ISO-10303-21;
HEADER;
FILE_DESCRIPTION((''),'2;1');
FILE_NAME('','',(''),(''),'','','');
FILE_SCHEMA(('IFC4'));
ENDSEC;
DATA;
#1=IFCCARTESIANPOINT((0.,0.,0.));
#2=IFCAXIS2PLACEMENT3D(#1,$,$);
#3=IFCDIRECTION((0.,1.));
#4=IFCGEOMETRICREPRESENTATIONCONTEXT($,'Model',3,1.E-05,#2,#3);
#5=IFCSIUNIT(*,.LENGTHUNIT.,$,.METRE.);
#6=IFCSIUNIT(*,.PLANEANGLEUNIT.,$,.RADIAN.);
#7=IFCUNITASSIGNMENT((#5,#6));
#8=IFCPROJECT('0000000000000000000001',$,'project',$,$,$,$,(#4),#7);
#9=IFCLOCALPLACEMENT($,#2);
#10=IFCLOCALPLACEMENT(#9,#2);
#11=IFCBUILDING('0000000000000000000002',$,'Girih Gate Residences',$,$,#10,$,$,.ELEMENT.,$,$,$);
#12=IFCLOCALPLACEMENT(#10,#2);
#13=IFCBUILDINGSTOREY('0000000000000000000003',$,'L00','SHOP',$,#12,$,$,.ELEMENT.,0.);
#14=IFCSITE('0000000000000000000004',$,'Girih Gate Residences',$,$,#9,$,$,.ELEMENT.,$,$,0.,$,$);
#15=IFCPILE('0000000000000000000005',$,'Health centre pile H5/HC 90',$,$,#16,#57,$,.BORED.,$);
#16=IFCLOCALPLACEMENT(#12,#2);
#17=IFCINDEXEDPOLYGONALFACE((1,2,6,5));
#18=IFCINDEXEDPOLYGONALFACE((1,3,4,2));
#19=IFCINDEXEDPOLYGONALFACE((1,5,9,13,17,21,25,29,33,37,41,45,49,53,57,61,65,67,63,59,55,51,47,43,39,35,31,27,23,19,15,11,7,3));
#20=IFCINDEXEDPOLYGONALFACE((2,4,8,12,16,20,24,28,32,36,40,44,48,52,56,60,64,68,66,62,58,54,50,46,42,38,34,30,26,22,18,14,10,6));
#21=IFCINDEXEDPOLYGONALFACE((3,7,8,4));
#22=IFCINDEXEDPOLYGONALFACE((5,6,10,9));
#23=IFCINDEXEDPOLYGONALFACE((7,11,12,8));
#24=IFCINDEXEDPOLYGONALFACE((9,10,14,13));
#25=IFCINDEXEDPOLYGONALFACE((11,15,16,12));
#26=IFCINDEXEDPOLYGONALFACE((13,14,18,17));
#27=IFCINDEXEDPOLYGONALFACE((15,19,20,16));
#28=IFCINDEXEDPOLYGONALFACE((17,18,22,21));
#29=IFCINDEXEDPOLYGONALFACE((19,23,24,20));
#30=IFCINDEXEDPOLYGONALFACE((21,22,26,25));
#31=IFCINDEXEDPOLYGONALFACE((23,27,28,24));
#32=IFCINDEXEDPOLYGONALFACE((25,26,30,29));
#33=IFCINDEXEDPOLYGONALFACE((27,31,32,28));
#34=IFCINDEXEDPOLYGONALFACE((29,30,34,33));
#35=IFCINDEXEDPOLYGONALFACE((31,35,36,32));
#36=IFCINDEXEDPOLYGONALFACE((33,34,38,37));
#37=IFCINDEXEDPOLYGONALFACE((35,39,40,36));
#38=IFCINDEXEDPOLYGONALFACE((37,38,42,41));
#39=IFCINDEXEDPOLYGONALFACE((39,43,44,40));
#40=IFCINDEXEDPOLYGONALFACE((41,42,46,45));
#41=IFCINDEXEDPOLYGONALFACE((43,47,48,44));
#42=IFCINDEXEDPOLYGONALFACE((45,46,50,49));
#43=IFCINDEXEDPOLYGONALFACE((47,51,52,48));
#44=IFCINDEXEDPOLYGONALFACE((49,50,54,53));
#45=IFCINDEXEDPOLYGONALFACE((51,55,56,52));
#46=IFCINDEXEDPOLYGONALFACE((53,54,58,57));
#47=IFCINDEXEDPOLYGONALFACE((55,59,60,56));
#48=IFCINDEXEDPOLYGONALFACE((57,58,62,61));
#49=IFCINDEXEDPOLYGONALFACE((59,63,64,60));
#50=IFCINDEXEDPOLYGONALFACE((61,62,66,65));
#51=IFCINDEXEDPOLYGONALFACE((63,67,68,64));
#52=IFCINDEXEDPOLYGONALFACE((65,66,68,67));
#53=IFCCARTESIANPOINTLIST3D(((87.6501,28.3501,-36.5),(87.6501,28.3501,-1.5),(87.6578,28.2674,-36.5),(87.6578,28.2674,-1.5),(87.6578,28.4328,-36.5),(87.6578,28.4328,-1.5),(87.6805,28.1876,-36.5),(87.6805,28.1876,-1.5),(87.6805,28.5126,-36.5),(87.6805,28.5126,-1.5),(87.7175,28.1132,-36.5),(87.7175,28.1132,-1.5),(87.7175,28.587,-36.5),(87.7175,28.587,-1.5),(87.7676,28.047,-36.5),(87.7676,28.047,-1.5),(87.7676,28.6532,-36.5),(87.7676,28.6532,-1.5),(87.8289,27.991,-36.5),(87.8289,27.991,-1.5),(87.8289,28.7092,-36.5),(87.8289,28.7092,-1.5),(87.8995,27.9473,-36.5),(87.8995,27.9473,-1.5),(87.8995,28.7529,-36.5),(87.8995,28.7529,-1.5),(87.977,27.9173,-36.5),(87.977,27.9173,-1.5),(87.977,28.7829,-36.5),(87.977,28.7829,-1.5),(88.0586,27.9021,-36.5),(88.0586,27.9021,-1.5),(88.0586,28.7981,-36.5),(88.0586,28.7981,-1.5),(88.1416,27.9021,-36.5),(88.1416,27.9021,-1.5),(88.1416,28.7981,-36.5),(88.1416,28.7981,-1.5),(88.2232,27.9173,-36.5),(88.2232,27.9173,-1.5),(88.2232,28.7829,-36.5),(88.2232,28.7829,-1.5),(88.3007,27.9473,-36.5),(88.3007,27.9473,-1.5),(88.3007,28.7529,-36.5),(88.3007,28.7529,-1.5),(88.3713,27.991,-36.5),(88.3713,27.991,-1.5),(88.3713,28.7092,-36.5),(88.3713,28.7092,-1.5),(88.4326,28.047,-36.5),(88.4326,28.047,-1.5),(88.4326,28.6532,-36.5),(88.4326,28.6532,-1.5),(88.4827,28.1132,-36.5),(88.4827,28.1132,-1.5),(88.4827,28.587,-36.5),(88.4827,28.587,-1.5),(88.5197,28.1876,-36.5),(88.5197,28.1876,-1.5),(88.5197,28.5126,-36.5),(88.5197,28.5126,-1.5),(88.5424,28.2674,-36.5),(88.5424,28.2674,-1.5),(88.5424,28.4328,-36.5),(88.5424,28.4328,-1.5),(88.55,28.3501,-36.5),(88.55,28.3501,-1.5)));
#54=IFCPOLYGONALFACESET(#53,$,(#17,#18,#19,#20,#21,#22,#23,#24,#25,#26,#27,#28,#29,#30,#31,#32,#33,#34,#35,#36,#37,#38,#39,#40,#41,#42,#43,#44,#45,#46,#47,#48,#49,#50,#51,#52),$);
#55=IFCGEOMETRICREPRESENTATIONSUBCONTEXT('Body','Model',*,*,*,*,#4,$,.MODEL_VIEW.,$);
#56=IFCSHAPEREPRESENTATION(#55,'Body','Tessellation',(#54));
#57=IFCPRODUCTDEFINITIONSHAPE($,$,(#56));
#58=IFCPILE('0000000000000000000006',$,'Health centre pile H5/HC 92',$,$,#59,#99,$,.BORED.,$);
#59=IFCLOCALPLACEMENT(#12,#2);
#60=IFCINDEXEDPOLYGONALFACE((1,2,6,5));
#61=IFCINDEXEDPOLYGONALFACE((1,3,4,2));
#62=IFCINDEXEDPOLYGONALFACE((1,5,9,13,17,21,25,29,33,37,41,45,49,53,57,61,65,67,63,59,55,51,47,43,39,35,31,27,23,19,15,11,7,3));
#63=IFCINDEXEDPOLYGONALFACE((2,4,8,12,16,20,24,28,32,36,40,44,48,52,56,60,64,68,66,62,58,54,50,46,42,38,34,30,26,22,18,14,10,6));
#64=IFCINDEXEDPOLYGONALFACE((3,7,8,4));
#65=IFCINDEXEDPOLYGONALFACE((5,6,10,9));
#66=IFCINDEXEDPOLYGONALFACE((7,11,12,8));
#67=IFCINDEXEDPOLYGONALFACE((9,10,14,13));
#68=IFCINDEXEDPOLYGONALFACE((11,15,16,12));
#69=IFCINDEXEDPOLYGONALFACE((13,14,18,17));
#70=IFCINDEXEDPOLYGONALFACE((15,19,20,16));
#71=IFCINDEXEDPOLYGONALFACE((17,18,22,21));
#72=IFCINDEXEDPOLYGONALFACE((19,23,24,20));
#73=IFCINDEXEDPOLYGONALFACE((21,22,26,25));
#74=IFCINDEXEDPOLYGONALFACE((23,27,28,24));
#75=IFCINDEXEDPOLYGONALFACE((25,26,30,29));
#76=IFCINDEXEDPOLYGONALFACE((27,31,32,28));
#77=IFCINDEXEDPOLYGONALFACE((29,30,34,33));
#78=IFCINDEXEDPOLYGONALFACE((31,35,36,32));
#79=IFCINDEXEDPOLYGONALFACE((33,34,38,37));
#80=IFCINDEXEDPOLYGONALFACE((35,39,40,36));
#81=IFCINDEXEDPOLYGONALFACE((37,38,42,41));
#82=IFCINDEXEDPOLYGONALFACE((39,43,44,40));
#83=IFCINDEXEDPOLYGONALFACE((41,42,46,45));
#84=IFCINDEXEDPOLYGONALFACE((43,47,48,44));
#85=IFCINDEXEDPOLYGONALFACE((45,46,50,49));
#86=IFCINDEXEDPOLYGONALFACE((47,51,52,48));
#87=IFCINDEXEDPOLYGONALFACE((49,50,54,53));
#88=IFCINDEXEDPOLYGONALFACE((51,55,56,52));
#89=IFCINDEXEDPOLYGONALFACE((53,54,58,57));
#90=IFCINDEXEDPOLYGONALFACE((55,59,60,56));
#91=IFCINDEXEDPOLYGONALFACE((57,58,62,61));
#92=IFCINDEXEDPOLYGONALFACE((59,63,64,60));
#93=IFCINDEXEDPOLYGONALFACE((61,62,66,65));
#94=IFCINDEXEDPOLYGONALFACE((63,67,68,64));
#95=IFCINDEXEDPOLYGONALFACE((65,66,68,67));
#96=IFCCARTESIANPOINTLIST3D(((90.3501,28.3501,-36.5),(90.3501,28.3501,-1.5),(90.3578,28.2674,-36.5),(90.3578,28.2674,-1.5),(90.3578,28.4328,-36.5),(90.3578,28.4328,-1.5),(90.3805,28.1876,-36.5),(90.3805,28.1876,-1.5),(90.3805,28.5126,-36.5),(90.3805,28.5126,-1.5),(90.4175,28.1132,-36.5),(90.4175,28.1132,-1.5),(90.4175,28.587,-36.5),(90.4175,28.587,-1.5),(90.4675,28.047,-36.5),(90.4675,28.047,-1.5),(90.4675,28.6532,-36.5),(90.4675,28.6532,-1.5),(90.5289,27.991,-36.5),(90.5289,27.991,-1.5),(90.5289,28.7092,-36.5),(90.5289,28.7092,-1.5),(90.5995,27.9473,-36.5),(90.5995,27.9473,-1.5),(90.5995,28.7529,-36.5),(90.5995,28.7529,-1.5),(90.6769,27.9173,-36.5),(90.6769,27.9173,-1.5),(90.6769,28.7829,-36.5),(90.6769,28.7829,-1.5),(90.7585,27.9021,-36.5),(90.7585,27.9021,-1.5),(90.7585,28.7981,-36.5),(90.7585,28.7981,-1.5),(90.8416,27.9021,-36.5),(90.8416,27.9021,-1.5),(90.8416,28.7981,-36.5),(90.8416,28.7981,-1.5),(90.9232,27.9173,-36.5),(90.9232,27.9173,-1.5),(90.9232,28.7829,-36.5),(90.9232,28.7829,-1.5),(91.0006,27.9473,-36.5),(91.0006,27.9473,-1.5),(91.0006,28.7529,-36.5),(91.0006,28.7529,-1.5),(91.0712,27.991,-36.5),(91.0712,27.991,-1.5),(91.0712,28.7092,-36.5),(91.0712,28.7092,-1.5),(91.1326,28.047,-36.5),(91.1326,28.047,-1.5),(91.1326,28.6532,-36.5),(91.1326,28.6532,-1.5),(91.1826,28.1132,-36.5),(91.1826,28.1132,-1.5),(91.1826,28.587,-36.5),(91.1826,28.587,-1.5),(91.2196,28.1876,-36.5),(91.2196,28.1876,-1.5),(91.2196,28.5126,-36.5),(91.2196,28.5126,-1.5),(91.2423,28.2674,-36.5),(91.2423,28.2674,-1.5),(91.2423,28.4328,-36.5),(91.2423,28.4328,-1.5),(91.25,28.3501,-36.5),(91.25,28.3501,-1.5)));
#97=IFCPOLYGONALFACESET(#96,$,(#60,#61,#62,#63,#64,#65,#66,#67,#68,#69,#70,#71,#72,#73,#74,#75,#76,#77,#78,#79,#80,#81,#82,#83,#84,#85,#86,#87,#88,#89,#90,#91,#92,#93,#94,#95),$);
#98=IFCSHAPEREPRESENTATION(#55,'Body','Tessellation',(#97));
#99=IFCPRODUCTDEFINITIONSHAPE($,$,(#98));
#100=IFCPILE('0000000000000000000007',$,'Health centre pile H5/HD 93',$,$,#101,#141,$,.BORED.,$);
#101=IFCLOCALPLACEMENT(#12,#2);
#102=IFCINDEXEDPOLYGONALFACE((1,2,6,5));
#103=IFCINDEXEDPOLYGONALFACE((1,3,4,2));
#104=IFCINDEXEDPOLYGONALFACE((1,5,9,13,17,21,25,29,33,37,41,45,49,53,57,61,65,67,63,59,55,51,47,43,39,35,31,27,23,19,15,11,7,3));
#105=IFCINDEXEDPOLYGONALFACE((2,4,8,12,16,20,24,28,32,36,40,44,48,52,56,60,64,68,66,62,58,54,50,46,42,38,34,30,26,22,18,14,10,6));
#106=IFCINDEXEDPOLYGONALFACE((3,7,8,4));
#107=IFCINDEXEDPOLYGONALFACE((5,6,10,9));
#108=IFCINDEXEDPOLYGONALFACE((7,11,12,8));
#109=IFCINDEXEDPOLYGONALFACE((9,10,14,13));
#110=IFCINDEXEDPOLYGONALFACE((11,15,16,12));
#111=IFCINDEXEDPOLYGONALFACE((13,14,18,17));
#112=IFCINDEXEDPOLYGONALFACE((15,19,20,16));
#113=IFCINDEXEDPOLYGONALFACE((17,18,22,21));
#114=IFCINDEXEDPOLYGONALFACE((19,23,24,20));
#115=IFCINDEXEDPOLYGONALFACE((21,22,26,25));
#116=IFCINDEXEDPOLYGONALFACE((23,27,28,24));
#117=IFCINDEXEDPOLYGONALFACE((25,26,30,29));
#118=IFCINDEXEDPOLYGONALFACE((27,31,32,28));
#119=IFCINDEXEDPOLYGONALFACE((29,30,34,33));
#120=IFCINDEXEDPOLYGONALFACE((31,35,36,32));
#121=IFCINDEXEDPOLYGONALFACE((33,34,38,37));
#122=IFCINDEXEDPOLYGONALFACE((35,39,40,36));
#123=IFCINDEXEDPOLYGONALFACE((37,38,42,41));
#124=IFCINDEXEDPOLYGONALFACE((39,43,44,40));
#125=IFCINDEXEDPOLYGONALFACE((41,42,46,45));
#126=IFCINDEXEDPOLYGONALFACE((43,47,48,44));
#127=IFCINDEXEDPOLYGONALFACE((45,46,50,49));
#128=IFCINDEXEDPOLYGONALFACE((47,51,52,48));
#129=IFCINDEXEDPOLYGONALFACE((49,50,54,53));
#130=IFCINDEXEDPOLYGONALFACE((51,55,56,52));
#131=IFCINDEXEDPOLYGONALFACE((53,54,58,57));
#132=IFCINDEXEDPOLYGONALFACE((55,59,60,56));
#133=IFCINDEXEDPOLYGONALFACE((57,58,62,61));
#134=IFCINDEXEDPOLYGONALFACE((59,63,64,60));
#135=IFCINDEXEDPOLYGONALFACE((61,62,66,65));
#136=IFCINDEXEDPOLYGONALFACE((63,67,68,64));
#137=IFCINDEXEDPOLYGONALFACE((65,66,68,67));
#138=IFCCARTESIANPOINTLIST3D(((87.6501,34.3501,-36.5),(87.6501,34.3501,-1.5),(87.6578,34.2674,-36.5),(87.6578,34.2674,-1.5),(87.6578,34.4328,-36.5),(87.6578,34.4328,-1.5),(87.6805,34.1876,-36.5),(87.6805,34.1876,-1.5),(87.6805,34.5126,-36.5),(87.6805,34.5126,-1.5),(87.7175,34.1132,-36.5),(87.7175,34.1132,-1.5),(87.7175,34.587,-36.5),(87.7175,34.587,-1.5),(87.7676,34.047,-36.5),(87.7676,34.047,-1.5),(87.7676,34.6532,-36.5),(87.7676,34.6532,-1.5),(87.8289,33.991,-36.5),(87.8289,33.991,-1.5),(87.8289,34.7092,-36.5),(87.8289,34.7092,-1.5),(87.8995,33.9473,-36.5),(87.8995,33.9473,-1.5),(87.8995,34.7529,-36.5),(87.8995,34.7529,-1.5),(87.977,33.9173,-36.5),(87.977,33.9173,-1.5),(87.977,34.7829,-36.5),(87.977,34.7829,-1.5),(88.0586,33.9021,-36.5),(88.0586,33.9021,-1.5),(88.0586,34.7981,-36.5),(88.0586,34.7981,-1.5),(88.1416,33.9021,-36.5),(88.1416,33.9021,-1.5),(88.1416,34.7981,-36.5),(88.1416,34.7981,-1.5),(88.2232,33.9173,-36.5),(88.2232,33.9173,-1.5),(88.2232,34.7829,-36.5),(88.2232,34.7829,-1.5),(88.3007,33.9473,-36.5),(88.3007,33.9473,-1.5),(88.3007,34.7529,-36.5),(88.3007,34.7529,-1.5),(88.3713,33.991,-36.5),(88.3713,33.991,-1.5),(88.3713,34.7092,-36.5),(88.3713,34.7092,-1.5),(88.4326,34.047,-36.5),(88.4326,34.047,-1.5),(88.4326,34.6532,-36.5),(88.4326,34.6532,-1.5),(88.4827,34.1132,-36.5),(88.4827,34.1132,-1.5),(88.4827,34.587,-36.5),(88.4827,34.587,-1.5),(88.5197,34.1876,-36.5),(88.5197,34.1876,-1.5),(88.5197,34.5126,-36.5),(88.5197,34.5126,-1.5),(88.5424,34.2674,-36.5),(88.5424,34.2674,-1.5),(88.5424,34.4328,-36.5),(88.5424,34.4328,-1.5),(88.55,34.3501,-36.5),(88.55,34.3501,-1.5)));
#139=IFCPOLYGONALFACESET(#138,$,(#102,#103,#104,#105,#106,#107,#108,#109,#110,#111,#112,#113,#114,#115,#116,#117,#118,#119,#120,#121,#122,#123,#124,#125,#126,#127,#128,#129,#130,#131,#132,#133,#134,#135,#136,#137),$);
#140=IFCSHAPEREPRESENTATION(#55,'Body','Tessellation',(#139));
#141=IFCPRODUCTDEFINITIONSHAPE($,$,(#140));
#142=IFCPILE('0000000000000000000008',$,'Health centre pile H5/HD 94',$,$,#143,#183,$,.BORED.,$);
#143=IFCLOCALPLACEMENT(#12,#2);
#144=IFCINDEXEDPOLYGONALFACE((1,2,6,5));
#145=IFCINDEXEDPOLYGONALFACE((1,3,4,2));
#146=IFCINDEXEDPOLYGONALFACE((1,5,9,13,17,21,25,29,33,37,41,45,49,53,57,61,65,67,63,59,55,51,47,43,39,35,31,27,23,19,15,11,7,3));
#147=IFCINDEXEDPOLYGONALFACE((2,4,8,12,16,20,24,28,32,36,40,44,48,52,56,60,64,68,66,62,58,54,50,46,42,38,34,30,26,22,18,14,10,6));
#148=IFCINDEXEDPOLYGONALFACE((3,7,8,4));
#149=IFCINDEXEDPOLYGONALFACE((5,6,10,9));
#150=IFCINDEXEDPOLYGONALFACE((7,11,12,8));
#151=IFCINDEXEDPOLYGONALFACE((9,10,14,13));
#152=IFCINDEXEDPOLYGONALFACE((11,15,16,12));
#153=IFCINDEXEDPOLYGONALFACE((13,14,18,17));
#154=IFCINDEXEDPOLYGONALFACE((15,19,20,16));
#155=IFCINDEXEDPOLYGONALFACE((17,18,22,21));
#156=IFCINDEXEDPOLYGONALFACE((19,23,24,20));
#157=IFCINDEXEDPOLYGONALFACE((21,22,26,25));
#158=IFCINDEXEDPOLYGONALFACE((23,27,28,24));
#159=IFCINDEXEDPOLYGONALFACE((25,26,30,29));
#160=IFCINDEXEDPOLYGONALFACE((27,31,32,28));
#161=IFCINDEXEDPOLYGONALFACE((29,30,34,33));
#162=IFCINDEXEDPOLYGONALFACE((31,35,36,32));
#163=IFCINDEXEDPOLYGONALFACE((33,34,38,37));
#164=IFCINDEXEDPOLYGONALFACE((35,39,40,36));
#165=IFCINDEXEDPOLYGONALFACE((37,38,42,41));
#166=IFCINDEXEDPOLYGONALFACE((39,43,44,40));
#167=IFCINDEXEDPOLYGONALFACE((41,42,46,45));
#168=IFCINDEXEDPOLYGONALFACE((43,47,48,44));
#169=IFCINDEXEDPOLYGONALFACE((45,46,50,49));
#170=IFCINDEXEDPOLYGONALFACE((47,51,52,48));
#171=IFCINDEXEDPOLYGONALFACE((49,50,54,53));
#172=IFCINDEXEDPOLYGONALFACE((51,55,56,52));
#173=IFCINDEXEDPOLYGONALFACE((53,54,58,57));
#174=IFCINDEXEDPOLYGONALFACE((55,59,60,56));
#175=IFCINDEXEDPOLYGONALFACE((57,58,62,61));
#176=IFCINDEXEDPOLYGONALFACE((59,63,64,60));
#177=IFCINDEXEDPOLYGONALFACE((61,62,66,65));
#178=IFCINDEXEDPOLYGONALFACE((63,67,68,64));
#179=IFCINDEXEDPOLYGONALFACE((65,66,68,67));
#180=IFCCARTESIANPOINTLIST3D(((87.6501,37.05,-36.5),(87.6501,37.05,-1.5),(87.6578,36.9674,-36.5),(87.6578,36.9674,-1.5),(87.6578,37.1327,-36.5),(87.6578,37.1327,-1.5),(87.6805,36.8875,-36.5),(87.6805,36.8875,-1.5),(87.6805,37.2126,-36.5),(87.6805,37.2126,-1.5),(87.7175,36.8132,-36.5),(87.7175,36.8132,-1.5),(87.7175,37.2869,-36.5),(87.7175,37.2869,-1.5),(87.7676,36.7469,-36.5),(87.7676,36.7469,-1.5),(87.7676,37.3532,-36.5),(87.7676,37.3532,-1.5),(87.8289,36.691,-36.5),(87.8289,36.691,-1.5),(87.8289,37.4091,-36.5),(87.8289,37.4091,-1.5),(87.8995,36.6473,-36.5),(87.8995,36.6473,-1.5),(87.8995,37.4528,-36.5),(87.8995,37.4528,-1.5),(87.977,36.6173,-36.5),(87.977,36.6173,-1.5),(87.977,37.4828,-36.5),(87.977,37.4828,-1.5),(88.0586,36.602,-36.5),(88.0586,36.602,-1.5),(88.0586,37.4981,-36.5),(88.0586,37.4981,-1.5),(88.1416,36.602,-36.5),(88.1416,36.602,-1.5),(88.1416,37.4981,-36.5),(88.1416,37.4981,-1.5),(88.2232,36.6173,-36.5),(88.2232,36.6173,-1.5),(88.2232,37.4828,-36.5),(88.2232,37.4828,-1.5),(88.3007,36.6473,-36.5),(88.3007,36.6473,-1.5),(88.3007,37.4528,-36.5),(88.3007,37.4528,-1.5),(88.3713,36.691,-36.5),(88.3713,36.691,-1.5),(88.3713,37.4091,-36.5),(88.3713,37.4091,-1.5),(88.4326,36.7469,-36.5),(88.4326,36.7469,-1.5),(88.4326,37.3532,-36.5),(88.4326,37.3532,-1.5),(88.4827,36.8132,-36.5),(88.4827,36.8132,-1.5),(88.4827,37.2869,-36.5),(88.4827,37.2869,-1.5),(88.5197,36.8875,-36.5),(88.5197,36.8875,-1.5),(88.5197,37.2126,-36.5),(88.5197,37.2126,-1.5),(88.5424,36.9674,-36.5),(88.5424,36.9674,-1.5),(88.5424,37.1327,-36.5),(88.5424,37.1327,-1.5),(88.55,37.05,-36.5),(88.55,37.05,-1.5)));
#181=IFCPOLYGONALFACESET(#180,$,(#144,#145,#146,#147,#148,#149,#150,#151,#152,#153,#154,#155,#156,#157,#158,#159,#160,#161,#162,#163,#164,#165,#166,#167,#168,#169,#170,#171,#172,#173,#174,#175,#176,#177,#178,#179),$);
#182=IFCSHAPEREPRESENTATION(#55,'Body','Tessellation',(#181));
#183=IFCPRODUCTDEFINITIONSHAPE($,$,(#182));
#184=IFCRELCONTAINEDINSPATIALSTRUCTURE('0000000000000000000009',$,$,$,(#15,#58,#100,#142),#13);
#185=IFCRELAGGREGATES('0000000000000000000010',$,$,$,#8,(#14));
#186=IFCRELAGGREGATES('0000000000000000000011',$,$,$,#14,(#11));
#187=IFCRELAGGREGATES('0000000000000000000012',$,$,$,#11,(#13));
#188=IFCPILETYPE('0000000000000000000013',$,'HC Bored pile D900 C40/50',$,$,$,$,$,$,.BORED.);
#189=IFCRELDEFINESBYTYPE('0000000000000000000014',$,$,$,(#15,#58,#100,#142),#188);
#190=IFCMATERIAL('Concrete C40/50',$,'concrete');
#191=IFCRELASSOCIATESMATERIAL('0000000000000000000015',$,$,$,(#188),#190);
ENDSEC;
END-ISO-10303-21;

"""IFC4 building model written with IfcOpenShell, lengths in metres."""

from ifc_helpers import new_model, si_unit, direction, frame, origin, origin_2d, place, context, subcontext, project, spatial, circle, extrude, material, material_profile, profile_set, type_object, element, save


model = new_model("IFC4")

# Units and contexts
model_context = context("Model", 3, precision=1e-05, world=origin(), true_north=direction((0.0, 1.0)))
body_context = subcontext(model_context, "Body", "Model", "MODEL_VIEW")
ifc_project = project(units=[si_unit("LENGTHUNIT", "METRE"), si_unit("PLANEANGLEUNIT", "RADIAN")], contexts=[model_context])

# Site, building, storey
site_placement = place(None, origin())
site = spatial("IfcSite", under=ifc_project, at=site_placement, Name="Girih Gate Residences", CompositionType="ELEMENT", RefElevation=0.0)
building_placement = place(site_placement, origin())
building = spatial("IfcBuilding", under=site, at=building_placement, Name="Girih Gate Residences", CompositionType="ELEMENT")
storey_placement = place(building_placement, origin())
storey = spatial("IfcBuildingStorey", under=building, at=storey_placement, Name="L00", Description="SHOP", CompositionType="ELEMENT", Elevation=0.0)

# Piles
ifc_material_1 = material(Name="Concrete C40/50", Category="concrete")
ifc_material_profile_1 = material_profile(ifc_material_1, circle(Radius=0.45, at=origin_2d()))
ifc_profile_set_1 = profile_set([ifc_material_profile_1], Name="Concrete C40/50")
pile_type = type_object("IfcPileType", Name="HC Bored pile D900 C40/50", PredefinedType="BORED", material=ifc_profile_set_1)
for number, where, z_axis, x_axis, name in (
    (1, (88.1001, 28.3501, -1.5), (0.0, 0.0, -1.0), (1.0, 0.0, 0.0), "Health centre pile H5/HC 90"),
    (2, (90.8, 28.3501, -1.5), (0.0, 0.0, -1.0), (1.0, 0.0, 0.0), "Health centre pile H5/HC 92"),
    (3, (88.1001, 34.3501, -1.5), (0.0, 0.0, -1.0), (1.0, 0.0, 0.0), "Health centre pile H5/HD 93"),
    (4, (88.1001, 37.05, -1.5), (0.0, 0.0, -1.0), (1.0, 0.0, 0.0), "Health centre pile H5/HD 94"),
):
    element("IfcPile", number, at=place(storey_placement, frame(where, z_axis=z_axis, x_axis=x_axis)), inside=storey, type_object=pile_type, Name=name, PredefinedType="BORED", context=body_context, shape_type="SweptSolid", body=[
        extrude(circle(Radius=0.45, at=origin_2d()), origin(), (0.0, 0.0, 1.0), 35.0),
    ])

save(model, "model.ifc")
